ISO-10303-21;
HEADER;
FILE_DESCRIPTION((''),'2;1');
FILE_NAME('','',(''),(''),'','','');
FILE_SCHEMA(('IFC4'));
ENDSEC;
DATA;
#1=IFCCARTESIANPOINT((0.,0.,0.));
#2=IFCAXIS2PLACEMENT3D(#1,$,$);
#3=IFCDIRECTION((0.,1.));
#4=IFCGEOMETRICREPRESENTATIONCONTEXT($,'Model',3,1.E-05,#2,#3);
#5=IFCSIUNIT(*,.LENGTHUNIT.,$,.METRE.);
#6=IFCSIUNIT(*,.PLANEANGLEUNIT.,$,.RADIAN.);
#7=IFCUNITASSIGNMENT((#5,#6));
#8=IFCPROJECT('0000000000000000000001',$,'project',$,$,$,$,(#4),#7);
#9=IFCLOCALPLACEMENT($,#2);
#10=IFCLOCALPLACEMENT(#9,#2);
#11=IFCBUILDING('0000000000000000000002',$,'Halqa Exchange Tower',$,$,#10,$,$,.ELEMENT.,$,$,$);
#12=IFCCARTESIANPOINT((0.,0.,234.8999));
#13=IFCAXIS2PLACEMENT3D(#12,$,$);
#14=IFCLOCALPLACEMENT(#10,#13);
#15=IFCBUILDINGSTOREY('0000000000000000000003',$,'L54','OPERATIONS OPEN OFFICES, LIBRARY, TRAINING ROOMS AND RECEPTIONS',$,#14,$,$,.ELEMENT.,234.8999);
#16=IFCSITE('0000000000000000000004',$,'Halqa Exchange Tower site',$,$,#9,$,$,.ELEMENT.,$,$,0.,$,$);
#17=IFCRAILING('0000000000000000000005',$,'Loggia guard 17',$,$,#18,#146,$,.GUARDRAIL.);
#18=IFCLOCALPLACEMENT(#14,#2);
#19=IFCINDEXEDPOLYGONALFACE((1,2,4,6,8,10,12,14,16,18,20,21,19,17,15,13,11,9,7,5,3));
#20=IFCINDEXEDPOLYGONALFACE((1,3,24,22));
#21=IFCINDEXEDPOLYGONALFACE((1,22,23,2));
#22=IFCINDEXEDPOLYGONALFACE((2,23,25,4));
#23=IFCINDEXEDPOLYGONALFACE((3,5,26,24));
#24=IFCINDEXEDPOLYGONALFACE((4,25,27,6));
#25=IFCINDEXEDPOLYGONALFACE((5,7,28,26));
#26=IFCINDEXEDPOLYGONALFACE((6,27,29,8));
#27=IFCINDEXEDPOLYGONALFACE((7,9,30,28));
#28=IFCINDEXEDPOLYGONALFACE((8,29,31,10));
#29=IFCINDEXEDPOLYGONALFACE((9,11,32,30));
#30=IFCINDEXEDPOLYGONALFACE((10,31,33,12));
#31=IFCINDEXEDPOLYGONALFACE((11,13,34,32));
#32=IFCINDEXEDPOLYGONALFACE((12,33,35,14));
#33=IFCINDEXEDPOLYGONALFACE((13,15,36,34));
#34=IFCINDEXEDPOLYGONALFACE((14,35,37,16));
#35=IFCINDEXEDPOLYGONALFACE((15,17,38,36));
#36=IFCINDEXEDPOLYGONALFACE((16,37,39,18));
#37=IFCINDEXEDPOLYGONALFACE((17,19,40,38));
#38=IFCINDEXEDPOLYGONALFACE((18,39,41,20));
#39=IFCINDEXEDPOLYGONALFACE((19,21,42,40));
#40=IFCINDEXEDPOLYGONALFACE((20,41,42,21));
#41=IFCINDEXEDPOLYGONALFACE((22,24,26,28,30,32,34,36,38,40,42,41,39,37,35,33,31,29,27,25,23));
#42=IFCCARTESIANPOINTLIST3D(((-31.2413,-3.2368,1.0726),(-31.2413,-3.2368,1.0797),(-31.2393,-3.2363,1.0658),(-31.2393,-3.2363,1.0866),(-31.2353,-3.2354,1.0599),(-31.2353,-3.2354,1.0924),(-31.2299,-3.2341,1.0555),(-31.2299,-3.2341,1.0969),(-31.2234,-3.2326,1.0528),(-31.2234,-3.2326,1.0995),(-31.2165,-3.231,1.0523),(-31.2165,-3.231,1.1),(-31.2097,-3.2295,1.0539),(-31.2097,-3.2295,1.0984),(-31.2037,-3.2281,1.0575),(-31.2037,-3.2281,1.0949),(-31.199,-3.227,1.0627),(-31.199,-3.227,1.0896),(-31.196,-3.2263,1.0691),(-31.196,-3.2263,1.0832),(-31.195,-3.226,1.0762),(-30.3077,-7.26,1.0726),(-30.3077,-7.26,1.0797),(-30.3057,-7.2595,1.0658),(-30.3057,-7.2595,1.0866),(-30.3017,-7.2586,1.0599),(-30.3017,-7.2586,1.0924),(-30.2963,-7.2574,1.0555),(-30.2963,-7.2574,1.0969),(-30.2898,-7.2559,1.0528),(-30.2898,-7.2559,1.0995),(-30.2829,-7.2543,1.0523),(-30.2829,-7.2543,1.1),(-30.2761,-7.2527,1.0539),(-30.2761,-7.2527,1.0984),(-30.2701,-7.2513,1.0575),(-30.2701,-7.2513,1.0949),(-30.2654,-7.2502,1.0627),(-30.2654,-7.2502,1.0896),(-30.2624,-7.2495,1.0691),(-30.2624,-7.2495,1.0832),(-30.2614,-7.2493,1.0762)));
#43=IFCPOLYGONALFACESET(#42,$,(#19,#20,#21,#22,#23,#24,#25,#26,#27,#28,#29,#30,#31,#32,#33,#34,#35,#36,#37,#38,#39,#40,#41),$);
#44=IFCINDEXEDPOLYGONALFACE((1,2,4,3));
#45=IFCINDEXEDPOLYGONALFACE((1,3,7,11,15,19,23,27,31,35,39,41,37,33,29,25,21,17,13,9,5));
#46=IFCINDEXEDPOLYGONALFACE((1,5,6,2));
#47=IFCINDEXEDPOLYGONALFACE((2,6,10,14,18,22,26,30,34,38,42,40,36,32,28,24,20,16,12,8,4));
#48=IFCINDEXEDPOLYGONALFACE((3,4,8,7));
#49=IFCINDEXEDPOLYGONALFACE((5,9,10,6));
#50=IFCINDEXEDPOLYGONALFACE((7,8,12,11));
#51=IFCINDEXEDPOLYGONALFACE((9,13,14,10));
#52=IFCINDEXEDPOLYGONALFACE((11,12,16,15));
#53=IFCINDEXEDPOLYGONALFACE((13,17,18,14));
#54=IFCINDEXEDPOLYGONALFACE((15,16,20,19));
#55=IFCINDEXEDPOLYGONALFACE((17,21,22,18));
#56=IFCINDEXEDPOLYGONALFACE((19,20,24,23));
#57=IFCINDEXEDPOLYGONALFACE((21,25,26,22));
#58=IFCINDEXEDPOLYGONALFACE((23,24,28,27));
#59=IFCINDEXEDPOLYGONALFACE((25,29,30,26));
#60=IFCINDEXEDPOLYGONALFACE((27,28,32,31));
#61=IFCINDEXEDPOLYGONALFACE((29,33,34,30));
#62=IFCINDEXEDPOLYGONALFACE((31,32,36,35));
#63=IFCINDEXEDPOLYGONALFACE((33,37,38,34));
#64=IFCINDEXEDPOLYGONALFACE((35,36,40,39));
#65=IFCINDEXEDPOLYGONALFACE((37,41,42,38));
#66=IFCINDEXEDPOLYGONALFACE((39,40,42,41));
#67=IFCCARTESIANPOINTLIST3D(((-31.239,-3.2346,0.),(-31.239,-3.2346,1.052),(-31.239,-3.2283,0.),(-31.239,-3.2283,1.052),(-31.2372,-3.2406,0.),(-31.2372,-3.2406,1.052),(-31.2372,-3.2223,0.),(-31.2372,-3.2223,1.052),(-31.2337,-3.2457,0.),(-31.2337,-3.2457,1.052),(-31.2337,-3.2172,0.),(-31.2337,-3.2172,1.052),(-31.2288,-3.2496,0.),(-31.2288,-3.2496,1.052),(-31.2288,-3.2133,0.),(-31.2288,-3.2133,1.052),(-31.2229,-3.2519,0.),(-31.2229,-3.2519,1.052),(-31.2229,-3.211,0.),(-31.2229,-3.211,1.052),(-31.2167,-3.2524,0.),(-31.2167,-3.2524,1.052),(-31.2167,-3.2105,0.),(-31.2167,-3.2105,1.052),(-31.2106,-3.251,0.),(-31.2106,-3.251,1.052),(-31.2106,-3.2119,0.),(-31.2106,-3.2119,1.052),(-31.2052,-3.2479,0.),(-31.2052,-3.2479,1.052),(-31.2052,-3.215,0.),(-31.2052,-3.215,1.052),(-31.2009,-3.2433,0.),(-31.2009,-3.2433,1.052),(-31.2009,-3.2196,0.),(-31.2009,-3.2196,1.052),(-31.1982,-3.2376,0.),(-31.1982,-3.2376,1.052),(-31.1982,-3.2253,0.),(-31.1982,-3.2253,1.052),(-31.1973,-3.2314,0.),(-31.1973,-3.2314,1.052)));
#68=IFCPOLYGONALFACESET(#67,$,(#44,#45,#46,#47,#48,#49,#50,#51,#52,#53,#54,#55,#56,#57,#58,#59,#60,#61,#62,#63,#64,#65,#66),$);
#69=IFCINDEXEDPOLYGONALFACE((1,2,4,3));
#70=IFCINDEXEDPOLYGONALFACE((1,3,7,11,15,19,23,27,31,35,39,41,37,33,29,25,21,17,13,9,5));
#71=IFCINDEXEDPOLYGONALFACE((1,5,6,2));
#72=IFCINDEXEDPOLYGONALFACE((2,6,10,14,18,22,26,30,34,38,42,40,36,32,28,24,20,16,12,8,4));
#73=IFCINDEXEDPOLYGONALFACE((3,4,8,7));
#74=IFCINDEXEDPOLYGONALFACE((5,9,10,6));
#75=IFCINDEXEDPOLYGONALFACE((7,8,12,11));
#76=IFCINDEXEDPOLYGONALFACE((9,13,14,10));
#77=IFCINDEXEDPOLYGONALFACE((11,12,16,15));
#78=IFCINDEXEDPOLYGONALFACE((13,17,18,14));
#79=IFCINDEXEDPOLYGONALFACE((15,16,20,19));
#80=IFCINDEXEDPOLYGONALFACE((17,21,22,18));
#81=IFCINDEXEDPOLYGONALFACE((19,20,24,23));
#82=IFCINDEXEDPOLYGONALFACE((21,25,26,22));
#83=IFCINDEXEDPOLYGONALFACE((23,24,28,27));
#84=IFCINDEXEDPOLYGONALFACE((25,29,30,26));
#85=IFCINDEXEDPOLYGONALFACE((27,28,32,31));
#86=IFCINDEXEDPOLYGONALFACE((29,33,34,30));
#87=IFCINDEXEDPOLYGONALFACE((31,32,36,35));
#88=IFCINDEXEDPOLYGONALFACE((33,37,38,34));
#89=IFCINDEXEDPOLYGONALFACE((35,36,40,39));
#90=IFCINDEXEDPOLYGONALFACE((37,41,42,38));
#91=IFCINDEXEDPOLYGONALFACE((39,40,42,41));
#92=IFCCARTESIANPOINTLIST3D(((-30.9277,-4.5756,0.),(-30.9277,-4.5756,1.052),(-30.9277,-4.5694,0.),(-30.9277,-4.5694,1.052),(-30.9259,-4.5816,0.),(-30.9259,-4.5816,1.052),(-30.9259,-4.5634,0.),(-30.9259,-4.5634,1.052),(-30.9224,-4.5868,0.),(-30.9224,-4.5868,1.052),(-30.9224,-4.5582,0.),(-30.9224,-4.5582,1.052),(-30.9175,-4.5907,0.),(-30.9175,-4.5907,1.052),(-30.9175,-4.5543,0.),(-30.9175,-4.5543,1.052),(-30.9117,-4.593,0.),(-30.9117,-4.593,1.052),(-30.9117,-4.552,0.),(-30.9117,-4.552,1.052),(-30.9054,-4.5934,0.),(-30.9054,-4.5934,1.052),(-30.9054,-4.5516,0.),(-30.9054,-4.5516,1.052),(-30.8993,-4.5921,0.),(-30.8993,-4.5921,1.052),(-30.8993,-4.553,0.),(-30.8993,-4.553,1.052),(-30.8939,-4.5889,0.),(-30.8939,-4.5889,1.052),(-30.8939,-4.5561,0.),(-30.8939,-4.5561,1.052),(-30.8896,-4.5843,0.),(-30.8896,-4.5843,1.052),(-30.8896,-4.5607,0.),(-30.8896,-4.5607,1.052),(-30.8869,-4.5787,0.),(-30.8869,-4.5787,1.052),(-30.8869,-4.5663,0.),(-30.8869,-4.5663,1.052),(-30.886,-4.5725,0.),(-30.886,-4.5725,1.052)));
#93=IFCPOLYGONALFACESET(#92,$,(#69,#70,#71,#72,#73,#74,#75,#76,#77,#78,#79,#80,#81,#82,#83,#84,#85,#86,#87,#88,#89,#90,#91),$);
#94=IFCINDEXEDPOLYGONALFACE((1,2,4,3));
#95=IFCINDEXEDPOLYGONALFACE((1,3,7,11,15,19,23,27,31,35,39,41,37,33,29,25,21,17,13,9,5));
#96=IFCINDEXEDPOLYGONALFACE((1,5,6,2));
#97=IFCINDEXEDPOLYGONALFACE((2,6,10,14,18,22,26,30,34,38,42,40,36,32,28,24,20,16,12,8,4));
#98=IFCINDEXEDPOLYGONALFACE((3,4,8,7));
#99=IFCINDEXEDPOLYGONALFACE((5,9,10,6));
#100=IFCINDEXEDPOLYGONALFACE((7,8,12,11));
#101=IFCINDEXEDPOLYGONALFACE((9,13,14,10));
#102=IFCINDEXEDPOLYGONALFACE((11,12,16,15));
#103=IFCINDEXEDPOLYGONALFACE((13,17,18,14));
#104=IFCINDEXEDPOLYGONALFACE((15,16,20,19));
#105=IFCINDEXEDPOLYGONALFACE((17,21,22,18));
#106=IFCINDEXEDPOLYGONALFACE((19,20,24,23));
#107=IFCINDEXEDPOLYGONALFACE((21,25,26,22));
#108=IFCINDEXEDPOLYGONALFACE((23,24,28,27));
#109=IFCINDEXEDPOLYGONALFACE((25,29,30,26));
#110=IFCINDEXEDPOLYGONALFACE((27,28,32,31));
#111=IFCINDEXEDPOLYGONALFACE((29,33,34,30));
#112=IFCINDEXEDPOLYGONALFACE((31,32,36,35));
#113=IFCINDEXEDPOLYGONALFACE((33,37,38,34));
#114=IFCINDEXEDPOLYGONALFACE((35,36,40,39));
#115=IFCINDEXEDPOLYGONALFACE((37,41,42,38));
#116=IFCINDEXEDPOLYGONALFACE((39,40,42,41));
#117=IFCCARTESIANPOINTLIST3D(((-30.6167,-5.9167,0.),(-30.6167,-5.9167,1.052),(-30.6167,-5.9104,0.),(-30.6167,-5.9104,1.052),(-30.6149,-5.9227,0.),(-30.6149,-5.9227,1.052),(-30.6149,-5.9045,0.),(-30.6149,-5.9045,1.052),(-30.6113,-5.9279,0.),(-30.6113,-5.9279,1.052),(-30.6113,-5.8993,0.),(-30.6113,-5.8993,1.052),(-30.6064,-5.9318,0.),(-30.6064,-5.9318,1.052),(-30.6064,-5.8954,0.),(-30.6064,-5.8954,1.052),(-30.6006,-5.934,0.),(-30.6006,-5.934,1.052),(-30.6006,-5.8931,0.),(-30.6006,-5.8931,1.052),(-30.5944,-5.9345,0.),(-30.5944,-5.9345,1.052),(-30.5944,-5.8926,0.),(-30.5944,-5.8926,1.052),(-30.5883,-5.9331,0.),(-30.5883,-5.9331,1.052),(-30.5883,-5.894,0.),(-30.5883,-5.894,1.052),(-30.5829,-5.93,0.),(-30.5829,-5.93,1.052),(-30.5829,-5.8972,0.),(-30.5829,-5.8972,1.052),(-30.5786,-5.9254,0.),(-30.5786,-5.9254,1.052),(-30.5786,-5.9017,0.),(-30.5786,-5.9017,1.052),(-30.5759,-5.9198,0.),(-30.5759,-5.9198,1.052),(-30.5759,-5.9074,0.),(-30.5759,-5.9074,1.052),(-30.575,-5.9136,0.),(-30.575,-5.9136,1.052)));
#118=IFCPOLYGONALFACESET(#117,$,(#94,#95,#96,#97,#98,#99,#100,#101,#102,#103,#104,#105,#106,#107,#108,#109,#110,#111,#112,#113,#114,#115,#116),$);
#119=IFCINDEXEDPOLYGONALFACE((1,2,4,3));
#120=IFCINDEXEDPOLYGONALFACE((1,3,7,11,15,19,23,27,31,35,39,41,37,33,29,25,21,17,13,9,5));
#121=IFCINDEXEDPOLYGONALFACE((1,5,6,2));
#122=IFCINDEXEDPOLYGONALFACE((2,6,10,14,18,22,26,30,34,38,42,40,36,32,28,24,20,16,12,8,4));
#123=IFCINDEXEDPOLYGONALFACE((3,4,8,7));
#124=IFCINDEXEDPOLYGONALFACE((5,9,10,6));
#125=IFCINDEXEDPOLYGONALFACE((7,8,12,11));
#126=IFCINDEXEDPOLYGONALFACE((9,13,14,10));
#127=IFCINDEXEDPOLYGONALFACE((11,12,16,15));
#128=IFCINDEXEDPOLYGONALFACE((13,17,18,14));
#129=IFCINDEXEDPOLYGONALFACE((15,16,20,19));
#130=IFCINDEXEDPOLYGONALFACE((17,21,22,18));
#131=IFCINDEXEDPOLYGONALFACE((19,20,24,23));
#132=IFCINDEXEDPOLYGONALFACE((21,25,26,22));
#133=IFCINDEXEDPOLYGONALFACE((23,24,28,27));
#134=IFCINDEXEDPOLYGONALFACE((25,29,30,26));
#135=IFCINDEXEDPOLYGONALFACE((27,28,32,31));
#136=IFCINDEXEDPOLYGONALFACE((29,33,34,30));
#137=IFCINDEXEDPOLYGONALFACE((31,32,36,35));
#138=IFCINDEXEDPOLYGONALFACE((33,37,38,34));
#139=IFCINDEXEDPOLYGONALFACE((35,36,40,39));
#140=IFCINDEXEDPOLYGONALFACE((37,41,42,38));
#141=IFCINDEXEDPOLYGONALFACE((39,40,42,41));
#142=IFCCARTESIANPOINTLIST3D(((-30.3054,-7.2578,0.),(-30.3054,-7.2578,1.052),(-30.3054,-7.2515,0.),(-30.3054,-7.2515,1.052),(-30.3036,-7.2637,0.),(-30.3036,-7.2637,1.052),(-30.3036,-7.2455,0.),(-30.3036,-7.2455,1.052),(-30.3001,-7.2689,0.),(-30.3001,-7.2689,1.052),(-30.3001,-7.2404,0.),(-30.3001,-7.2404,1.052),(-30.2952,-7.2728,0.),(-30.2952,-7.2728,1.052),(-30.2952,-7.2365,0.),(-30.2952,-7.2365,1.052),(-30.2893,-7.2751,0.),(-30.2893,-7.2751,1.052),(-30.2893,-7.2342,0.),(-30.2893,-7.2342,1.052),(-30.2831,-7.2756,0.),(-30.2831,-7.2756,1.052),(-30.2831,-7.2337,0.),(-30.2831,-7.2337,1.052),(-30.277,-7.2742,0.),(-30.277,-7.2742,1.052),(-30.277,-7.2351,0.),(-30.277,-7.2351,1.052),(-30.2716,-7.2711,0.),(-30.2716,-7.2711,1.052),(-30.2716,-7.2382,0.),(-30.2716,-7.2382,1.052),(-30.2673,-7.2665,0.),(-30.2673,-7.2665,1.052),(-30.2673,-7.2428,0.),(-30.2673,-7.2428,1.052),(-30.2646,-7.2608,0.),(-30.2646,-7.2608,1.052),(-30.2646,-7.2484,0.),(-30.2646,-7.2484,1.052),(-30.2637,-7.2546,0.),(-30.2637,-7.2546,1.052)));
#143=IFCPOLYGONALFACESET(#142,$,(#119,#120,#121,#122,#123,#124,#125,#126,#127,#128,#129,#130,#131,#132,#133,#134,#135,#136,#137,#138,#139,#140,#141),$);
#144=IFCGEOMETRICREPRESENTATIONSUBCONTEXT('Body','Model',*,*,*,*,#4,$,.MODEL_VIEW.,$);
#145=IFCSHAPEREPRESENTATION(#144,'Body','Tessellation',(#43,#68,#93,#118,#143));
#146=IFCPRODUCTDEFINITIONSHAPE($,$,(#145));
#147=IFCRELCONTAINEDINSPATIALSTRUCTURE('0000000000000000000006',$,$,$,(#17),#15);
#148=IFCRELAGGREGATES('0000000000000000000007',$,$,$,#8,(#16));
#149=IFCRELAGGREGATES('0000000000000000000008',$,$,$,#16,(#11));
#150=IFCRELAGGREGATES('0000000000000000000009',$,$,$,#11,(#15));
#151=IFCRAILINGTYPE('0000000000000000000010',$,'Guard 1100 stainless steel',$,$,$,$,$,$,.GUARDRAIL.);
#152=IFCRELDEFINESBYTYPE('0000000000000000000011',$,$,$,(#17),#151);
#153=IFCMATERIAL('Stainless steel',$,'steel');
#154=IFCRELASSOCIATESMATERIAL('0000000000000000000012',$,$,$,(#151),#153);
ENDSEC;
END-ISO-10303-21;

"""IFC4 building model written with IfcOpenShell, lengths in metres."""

from ifc_helpers import new_model, si_unit, direction, frame, origin, origin_2d, place, context, subcontext, project, spatial, circle, extrude, material, type_object, element, save


model = new_model("IFC4")

# Units and contexts
model_context = context("Model", 3, precision=1e-05, world=origin(), true_north=direction((0.0, 1.0)))
body_context = subcontext(model_context, "Body", "Model", "MODEL_VIEW")
ifc_project = project(units=[si_unit("LENGTHUNIT", "METRE"), si_unit("PLANEANGLEUNIT", "RADIAN")], contexts=[model_context])

# Site, building, storey
site_placement = place(None, origin())
site = spatial("IfcSite", under=ifc_project, at=site_placement, Name="Halqa Exchange Tower site", CompositionType="ELEMENT", RefElevation=0.0)
building_placement = place(site_placement, origin())
building = spatial("IfcBuilding", under=site, at=building_placement, Name="Halqa Exchange Tower", CompositionType="ELEMENT")
storey_placement = place(building_placement, frame((0.0, 0.0, 234.8999)))
storey = spatial("IfcBuildingStorey", under=building, at=storey_placement, Name="L54", Description="OPERATIONS OPEN OFFICES, LIBRARY, TRAINING ROOMS AND RECEPTIONS", CompositionType="ELEMENT", Elevation=234.8999)

# Railing
ifc_material_1 = material(Name="Stainless steel", Category="steel")
railing_type = type_object("IfcRailingType", Name="Guard 1100 stainless steel", PredefinedType="GUARDRAIL", material=ifc_material_1)
railing_1_placement = place(storey_placement, frame((-31.2183, -3.2314, 0.0)))
element("IfcRailing", 1, at=railing_1_placement, inside=storey, type_object=railing_type, Name="Loggia guard 17", PredefinedType="GUARDRAIL", context=body_context, shape_type="SweptSolid", body=[
    extrude(circle(Radius=0.0239, at=origin_2d()), frame((0.0, 0.0, 1.0762), z_axis=(0.226047, -0.974116, 0.0), x_axis=(0.974116, 0.226047, 0.0)), (0.0, 0.0, 1.0), 4.1301),
    extrude(circle(Radius=0.021, at=origin_2d()), origin(), (0.0, 0.0, 1.0), 1.052),
    extrude(circle(Radius=0.021, at=origin_2d()), frame((0.3113, -1.3411, 0.0)), (0.0, 0.0, 1.0), 1.052),
    extrude(circle(Radius=0.021, at=origin_2d()), frame((0.6223, -2.6821, 0.0)), (0.0, 0.0, 1.0), 1.052),
    extrude(circle(Radius=0.021, at=origin_2d()), frame((0.9336, -4.0232, 0.0)), (0.0, 0.0, 1.0), 1.052),
])

save(model, "model.ifc")
